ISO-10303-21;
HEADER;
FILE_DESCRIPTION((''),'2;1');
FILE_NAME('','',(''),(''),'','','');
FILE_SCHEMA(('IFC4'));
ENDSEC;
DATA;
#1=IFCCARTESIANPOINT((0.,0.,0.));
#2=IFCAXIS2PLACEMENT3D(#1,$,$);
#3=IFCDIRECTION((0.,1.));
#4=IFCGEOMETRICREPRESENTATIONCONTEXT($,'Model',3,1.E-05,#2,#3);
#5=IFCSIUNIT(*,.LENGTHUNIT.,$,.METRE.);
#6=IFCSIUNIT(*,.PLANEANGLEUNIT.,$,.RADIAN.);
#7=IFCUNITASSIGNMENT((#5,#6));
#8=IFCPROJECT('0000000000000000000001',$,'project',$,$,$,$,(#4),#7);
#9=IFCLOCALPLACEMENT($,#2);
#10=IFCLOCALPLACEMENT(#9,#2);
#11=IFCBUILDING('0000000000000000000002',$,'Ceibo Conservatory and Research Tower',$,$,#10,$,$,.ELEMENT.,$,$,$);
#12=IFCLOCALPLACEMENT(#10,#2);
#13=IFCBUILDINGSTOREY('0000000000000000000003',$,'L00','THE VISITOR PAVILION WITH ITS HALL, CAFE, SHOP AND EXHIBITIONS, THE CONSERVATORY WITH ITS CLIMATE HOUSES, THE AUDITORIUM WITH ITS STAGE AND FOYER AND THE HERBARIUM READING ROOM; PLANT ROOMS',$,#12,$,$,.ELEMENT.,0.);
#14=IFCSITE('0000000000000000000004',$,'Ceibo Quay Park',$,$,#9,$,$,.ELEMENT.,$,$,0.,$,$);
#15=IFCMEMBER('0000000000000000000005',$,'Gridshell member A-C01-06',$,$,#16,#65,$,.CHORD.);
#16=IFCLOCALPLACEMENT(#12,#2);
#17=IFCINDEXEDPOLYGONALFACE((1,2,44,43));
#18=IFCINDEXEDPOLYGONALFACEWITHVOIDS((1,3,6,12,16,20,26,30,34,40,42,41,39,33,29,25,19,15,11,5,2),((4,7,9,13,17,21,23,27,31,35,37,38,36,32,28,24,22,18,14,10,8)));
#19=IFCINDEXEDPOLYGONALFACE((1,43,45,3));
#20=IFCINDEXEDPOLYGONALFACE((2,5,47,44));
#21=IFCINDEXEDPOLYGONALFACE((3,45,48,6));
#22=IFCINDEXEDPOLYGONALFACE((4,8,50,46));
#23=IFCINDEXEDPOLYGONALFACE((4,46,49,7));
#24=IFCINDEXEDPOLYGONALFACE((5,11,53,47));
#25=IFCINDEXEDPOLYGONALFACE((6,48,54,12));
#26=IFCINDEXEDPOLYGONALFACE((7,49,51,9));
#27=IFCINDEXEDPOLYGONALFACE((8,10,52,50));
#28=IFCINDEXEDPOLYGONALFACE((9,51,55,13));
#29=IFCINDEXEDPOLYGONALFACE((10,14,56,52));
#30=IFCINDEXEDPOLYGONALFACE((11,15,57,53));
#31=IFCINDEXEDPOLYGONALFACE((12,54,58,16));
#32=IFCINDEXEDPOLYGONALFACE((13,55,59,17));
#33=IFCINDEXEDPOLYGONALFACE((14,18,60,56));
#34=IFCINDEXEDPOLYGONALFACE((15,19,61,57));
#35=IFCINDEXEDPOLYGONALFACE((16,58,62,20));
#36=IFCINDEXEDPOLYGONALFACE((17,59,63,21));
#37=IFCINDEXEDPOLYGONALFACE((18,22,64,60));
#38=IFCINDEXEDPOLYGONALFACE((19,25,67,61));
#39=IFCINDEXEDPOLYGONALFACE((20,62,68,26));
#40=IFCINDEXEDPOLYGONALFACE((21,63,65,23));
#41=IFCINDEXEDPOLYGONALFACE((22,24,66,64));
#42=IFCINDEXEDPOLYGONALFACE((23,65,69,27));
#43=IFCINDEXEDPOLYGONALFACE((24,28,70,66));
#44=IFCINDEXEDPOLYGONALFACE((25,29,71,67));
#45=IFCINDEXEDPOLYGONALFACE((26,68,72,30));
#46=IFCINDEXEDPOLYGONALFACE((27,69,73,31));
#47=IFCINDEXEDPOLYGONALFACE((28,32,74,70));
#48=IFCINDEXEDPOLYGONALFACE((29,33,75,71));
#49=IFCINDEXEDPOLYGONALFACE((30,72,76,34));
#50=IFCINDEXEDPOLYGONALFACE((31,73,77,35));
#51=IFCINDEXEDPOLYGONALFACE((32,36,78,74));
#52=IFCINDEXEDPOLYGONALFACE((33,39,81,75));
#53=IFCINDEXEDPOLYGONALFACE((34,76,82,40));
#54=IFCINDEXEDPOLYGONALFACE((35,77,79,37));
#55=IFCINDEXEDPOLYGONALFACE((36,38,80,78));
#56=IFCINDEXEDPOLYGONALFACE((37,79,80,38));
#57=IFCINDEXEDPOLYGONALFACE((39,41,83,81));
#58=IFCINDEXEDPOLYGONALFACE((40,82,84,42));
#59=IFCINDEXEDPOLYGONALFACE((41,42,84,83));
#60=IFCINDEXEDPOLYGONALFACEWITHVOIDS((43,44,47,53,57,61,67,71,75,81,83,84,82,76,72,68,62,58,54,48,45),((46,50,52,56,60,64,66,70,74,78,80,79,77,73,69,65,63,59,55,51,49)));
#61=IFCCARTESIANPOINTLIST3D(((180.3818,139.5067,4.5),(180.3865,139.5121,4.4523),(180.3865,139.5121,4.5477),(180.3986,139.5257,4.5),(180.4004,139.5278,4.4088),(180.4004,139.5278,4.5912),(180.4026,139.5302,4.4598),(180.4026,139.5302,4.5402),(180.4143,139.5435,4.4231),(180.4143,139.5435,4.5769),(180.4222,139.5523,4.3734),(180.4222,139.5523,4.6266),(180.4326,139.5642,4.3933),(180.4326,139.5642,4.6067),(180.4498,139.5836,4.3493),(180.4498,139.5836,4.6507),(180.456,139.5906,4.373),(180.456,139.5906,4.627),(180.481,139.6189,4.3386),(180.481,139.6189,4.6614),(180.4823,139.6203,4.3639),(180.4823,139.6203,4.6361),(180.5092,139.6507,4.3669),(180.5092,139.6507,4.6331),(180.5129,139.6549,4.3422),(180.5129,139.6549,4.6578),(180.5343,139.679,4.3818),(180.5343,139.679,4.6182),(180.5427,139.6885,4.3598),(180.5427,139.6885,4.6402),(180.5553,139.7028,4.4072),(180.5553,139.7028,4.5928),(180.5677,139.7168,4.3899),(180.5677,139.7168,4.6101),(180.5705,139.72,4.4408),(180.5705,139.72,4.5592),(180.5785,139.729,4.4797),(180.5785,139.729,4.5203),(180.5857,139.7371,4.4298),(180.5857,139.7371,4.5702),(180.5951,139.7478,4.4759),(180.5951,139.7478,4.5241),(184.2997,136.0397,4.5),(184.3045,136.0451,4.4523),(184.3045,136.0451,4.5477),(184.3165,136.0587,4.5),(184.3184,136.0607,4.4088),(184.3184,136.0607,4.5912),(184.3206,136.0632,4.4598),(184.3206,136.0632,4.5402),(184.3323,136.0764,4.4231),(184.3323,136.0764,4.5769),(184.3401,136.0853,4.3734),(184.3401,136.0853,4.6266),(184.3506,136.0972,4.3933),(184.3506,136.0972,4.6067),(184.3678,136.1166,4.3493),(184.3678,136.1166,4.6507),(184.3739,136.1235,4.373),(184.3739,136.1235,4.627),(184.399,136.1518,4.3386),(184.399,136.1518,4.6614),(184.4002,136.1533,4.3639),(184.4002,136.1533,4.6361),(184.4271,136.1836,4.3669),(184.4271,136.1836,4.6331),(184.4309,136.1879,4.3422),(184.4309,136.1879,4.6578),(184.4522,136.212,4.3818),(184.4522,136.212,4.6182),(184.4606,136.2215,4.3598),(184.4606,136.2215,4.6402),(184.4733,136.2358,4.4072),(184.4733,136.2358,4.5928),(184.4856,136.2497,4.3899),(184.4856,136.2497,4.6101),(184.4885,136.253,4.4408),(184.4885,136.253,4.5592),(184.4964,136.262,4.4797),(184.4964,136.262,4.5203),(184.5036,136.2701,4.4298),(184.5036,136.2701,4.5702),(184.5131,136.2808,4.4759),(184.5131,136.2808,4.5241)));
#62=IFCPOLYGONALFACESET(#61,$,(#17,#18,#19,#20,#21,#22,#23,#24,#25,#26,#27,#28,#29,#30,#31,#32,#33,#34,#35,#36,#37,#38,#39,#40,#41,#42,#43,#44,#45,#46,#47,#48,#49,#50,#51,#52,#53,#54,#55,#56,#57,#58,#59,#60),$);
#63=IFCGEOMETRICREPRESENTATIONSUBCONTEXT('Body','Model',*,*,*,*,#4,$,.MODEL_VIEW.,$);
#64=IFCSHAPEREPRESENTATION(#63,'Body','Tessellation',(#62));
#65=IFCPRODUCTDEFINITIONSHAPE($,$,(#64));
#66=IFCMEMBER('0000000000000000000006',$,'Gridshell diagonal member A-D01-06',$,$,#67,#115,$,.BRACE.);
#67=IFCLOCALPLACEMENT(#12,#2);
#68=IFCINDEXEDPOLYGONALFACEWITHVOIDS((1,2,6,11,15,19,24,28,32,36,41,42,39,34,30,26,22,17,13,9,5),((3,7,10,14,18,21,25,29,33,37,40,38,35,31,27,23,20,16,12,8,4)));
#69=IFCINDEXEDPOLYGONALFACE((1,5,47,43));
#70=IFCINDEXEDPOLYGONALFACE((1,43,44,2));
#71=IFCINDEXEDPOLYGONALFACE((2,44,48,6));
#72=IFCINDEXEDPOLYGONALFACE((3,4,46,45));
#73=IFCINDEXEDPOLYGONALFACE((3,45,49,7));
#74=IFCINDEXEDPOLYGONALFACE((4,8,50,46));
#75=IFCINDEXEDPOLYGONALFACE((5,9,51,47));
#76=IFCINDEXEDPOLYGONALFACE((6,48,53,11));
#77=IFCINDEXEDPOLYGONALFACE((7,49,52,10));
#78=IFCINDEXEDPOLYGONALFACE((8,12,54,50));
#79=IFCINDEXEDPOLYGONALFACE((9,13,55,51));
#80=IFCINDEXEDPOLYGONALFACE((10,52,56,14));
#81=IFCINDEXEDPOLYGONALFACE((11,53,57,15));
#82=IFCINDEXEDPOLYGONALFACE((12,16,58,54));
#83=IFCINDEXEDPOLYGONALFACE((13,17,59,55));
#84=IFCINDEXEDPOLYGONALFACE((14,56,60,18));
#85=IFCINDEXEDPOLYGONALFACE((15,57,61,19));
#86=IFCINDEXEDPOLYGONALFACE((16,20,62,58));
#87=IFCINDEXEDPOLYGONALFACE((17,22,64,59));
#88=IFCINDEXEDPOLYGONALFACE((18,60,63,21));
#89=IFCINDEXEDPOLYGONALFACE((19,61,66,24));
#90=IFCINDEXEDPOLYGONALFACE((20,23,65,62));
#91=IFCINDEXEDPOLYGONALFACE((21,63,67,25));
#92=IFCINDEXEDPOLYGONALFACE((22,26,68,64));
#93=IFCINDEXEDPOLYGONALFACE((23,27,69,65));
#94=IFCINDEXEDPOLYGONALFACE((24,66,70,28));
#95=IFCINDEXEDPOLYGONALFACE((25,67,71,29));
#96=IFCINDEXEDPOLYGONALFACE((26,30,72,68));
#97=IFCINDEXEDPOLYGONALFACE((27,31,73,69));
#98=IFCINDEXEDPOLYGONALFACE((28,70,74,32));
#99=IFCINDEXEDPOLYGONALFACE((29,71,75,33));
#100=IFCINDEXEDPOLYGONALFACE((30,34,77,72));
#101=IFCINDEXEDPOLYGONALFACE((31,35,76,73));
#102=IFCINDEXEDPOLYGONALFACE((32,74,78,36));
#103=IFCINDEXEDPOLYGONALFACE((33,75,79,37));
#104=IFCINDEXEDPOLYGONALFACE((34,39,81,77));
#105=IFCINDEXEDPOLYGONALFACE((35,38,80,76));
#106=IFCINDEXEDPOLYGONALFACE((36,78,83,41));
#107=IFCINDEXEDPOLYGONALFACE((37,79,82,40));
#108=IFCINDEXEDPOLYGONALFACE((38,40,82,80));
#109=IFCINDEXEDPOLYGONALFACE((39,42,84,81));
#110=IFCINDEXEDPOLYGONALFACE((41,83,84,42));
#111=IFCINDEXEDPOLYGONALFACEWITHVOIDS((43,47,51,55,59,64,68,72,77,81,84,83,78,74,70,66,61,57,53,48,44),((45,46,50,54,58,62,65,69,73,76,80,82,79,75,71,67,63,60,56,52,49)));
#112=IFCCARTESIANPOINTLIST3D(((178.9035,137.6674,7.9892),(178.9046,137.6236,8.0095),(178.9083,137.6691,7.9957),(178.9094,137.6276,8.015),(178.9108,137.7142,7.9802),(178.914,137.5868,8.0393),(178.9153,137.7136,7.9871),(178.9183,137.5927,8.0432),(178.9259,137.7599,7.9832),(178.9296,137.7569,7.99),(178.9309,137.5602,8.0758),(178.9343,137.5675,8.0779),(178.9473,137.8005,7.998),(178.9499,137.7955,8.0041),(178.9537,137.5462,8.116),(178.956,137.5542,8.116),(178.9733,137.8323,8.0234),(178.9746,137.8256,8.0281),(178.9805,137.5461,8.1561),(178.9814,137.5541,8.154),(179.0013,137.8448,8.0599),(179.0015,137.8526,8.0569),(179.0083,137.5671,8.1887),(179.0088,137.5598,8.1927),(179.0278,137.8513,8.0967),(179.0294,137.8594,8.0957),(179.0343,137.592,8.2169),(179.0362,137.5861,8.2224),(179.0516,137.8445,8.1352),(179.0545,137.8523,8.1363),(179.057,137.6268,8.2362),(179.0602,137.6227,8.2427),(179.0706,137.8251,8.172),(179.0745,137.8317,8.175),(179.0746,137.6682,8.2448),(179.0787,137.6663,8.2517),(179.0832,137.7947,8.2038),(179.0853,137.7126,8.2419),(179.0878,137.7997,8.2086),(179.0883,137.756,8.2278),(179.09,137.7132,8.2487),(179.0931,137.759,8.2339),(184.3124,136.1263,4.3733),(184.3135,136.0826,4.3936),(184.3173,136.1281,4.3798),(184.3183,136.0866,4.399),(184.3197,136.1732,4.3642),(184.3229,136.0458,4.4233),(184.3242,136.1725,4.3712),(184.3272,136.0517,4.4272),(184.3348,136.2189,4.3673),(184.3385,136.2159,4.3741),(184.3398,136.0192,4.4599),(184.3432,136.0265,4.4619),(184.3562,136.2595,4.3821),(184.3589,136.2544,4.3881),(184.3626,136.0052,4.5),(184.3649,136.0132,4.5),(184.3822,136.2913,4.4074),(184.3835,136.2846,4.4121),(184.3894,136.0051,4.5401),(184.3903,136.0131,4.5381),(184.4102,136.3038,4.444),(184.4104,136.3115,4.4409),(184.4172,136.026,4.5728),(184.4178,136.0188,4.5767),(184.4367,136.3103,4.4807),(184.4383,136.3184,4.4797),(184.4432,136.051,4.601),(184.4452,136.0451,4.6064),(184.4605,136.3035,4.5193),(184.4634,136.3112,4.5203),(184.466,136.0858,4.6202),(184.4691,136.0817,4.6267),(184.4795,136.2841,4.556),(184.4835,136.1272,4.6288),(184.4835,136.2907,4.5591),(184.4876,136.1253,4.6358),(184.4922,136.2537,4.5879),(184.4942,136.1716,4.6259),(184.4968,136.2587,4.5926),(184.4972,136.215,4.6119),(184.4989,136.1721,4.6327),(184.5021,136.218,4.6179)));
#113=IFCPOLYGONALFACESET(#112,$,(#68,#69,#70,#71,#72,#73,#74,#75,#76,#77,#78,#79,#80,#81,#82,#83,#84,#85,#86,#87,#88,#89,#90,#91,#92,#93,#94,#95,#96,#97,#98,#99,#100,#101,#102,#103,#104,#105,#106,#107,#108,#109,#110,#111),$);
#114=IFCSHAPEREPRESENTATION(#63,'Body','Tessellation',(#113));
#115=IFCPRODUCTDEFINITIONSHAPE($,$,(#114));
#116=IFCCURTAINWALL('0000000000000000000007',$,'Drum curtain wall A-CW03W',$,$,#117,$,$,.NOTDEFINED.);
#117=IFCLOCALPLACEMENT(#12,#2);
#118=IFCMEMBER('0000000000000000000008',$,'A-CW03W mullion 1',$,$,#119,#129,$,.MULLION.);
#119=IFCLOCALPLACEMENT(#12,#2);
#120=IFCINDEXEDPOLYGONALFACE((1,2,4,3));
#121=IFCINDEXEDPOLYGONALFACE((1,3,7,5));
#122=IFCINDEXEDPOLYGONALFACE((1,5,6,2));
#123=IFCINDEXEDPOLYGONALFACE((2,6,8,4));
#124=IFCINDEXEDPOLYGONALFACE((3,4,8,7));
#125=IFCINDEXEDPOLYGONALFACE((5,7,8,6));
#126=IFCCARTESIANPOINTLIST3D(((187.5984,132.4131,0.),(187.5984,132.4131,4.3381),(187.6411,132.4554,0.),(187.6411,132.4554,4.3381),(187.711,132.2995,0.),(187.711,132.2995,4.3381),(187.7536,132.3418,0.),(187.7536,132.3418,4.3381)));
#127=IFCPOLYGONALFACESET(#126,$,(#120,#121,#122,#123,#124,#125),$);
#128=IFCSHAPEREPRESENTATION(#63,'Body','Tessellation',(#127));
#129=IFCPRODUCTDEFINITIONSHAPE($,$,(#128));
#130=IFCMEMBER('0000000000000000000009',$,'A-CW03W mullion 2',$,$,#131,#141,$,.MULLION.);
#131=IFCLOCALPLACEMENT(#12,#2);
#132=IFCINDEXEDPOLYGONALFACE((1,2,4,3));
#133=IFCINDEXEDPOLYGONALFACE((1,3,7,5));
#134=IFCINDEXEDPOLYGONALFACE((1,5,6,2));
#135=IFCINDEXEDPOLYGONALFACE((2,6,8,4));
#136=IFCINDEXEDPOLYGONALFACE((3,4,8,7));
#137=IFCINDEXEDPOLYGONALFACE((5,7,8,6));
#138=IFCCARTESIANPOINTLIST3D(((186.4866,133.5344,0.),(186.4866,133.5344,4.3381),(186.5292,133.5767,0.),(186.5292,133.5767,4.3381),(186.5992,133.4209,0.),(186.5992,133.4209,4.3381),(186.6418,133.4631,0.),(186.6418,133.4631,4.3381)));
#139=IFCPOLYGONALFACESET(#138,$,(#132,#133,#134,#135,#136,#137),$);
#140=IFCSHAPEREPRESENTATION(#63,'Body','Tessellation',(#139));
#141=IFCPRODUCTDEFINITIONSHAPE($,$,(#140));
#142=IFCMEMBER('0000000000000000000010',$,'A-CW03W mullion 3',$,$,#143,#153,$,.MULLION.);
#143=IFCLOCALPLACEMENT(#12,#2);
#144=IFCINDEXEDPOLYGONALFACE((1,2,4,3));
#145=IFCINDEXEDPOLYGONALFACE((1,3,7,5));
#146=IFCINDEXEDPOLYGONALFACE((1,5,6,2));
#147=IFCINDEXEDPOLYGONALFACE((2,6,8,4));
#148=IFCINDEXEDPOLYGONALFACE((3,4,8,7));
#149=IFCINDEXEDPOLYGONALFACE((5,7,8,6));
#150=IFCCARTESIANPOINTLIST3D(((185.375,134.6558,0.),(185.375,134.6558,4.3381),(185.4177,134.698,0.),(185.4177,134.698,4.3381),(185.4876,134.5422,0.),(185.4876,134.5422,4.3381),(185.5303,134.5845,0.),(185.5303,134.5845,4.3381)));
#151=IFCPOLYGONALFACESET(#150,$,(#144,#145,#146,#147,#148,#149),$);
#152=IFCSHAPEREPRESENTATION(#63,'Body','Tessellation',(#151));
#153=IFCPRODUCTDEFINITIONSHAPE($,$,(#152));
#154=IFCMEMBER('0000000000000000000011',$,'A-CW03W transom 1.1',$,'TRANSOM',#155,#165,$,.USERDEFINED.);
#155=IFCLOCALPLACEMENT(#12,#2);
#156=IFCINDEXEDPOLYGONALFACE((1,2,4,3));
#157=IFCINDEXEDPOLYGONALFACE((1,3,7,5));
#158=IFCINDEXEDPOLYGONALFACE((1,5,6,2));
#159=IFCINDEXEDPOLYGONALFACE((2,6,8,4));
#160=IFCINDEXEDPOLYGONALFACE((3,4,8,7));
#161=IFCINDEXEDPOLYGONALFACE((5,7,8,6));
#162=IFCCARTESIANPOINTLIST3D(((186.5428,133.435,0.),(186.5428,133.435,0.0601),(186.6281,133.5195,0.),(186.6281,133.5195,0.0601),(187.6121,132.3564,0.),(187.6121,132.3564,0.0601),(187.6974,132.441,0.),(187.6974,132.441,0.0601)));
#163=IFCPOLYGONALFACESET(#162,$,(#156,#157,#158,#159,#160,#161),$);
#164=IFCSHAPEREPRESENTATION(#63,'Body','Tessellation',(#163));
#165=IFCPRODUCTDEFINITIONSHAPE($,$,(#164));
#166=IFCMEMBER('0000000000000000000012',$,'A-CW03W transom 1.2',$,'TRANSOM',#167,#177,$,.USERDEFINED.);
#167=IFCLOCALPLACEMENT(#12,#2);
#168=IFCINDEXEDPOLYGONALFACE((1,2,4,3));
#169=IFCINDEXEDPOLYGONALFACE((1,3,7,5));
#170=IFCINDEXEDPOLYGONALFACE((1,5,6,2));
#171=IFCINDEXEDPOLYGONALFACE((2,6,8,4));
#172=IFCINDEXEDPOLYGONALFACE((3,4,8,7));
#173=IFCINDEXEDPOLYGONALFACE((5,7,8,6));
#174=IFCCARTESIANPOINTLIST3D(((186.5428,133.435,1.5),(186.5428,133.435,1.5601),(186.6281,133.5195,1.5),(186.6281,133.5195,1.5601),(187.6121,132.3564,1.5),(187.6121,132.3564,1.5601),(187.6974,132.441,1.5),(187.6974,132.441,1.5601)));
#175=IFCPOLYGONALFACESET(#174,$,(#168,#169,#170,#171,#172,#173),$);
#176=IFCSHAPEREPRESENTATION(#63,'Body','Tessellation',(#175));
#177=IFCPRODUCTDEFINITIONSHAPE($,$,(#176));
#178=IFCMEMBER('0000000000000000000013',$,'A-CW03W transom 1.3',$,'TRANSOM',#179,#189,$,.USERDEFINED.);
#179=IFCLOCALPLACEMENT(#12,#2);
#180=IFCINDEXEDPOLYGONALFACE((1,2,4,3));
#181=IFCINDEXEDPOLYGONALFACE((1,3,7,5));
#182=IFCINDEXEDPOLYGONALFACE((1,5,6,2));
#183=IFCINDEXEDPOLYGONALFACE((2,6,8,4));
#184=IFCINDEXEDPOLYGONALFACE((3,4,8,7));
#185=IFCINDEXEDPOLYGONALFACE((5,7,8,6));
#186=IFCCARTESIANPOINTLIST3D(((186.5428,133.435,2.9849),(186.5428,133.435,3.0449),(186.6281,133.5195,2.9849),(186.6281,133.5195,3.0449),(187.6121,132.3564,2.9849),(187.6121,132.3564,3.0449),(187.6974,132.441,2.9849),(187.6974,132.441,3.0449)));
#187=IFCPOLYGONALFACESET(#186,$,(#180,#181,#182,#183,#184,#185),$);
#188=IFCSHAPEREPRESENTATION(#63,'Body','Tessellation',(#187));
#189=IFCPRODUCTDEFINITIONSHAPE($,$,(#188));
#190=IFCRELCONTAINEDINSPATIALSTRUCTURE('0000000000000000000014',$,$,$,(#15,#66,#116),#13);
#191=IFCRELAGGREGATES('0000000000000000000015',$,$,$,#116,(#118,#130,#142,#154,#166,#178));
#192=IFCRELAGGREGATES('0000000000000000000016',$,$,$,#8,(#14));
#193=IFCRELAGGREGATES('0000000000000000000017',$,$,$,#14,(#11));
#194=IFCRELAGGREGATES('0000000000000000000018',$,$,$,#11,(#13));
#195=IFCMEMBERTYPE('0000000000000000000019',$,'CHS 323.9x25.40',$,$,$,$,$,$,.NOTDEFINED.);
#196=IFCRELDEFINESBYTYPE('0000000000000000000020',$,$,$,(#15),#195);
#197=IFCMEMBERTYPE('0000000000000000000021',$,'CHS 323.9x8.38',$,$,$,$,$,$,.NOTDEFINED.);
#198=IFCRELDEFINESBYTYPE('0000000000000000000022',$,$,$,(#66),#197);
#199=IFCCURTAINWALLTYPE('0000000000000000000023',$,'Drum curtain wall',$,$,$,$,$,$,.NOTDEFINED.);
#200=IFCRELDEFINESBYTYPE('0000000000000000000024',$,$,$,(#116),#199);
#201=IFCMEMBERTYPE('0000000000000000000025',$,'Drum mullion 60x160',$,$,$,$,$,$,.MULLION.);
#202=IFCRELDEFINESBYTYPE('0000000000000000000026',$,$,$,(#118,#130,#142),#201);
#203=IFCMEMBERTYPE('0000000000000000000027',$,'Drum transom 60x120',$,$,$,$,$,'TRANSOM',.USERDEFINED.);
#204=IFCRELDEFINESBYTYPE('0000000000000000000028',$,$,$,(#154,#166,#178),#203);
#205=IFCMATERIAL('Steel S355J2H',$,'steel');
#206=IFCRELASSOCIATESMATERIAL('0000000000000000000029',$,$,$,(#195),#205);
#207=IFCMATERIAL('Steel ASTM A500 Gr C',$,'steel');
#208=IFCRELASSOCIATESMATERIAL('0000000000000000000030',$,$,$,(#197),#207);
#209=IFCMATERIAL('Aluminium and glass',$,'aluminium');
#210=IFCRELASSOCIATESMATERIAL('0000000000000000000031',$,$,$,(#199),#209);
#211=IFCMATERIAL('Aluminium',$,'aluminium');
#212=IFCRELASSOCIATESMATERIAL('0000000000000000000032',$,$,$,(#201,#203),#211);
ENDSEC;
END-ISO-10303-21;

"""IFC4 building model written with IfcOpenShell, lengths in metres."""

from ifc_helpers import new_model, si_unit, direction, frame, origin, origin_2d, place, context, subcontext, project, spatial, rectangle, hollow_circle, extrude, material, material_profile, profile_set, type_object, element, aggregate, save


model = new_model("IFC4")

# Units and contexts
model_context = context("Model", 3, precision=1e-05, world=origin(), true_north=direction((0.0, 1.0)))
body_context = subcontext(model_context, "Body", "Model", "MODEL_VIEW")
ifc_project = project(units=[si_unit("LENGTHUNIT", "METRE"), si_unit("PLANEANGLEUNIT", "RADIAN")], contexts=[model_context])

# Site, building, storey
site_placement = place(None, origin())
site = spatial("IfcSite", under=ifc_project, at=site_placement, Name="Ceibo Quay Park", CompositionType="ELEMENT", RefElevation=0.0)
building_placement = place(site_placement, origin())
building = spatial("IfcBuilding", under=site, at=building_placement, Name="Ceibo Conservatory and Research Tower", CompositionType="ELEMENT")
storey_placement = place(building_placement, origin())
storey = spatial("IfcBuildingStorey", under=building, at=storey_placement, Name="L00", Description="THE VISITOR PAVILION WITH ITS HALL, CAFE, SHOP AND EXHIBITIONS, THE CONSERVATORY WITH ITS CLIMATE HOUSES, THE AUDITORIUM WITH ITS STAGE AND FOYER AND THE HERBARIUM READING ROOM; PLANT ROOMS", CompositionType="ELEMENT", Elevation=0.0)

# Shared definitions
ifc_material_1 = material(Name="Steel ASTM A500 Gr C", Category="steel")

# Members
ifc_material_2 = material(Name="Steel S355J2H", Category="steel")
ifc_material_profile_1 = material_profile(ifc_material_2, hollow_circle(Radius=0.1619, WallThickness=0.0254, at=origin_2d()), Name="CHS 323.9x25.40")
ifc_profile_set_1 = profile_set([ifc_material_profile_1], Name="Steel S355J2H")
member_type_1 = type_object("IfcMemberType", Name="CHS 323.9x25.40", PredefinedType="NOTDEFINED", material=ifc_profile_set_1)
member_1_placement = place(storey_placement, frame((184.407, 136.1609, 4.5), z_axis=(-0.748888, 0.662697, 0.0), x_axis=(-0.662697, -0.748888, 0.0)))
element("IfcMember", 1, at=member_1_placement, inside=storey, type_object=member_type_1, Name="Gridshell member A-C01-06", PredefinedType="CHORD", context=body_context, shape_type="SweptSolid", body=[
    extrude(hollow_circle(Radius=0.1619, WallThickness=0.0254, at=origin_2d()), origin(), (0.0, 0.0, 1.0), 5.2317),
])
ifc_material_profile_2 = material_profile(ifc_material_1, hollow_circle(Radius=0.1619, WallThickness=0.0083, at=origin_2d()), Name="CHS 323.9x8.38")
ifc_profile_set_2 = profile_set([ifc_material_profile_2], Name="Steel ASTM A500 Gr C")
member_type_2 = type_object("IfcMemberType", Name="CHS 323.9x8.38", PredefinedType="NOTDEFINED", material=ifc_profile_set_2)
member_2_placement = place(storey_placement, frame((184.407, 136.1609, 4.5), z_axis=(-0.808959, 0.230474, 0.540803), x_axis=(-0.273999, -0.96173, 0.0)))
element("IfcMember", 2, at=member_2_placement, inside=storey, type_object=member_type_2, Name="Gridshell diagonal member A-D01-06", PredefinedType="BRACE", context=body_context, shape_type="SweptSolid", body=[
    extrude(hollow_circle(Radius=0.1619, WallThickness=0.0083, at=origin_2d()), origin(), (0.0, 0.0, 1.0), 6.6863),
])

# Curtain wall, members
ifc_material_3 = material(Name="Aluminium and glass", Category="aluminium")
curtain_wall_type = type_object("IfcCurtainWallType", Name="Drum curtain wall", PredefinedType="NOTDEFINED", material=ifc_material_3)
curtain_wall_placement = place(storey_placement, origin())
curtain_wall = element("IfcCurtainWall", 3, at=curtain_wall_placement, inside=storey, type_object=curtain_wall_type, Name="Drum curtain wall A-CW03W", PredefinedType="NOTDEFINED")
ifc_material_4 = material(Name="Aluminium", Category="aluminium")
ifc_material_profile_3 = material_profile(ifc_material_4, rectangle(XDim=0.0601, YDim=0.1599, at=origin_2d()), Name="AL 60x160")
ifc_profile_set_3 = profile_set([ifc_material_profile_3], Name="Aluminium")
member_type_3 = type_object("IfcMemberType", Name="Drum mullion 60x160", PredefinedType="MULLION", material=ifc_profile_set_3)
member_3_placement = place(storey_placement, frame((187.676, 132.3774, 0.0), z_axis=(0.0, 0.0, 1.0), x_axis=(-0.710185, -0.704015, 0.0)))
member_3 = element("IfcMember", 4, at=member_3_placement, type_object=member_type_3, Name="A-CW03W mullion 1", PredefinedType="MULLION", context=body_context, shape_type="SweptSolid", body=[
    extrude(rectangle(XDim=0.0601, YDim=0.1599, at=origin_2d()), origin(), (0.0, 0.0, 1.0), 4.3381),
])
member_4_placement = place(storey_placement, frame((186.5642, 133.4988, 0.0), z_axis=(0.0, 0.0, 1.0), x_axis=(-0.710185, -0.704015, 0.0)))
member_4 = element("IfcMember", 5, at=member_4_placement, type_object=member_type_3, Name="A-CW03W mullion 2", PredefinedType="MULLION", context=body_context, shape_type="SweptSolid", body=[
    extrude(rectangle(XDim=0.0601, YDim=0.1599, at=origin_2d()), origin(), (0.0, 0.0, 1.0), 4.3381),
])
member_5_placement = place(storey_placement, frame((185.4526, 134.6201, 0.0), z_axis=(0.0, 0.0, 1.0), x_axis=(-0.710185, -0.704015, 0.0)))
member_5 = element("IfcMember", 6, at=member_5_placement, type_object=member_type_3, Name="A-CW03W mullion 3", PredefinedType="MULLION", context=body_context, shape_type="SweptSolid", body=[
    extrude(rectangle(XDim=0.0601, YDim=0.1599, at=origin_2d()), origin(), (0.0, 0.0, 1.0), 4.3381),
])
ifc_material_profile_4 = material_profile(ifc_material_4, rectangle(XDim=0.1201, YDim=0.0601, at=origin_2d()), Name="AL 60x120")
ifc_profile_set_4 = profile_set([ifc_material_profile_4], Name="Aluminium")
member_type_4 = type_object("IfcMemberType", Name="Drum transom 60x120", ElementType="TRANSOM", PredefinedType="USERDEFINED", material=ifc_profile_set_4)
member_6_placement = place(storey_placement, frame((187.6548, 132.3987, 0.03), z_axis=(-0.704046, 0.710154, 0.0), x_axis=(-0.710154, -0.704046, 0.0)))
member_6 = element("IfcMember", 7, at=member_6_placement, type_object=member_type_4, Name="A-CW03W transom 1.1", ObjectType="TRANSOM", PredefinedType="USERDEFINED", context=body_context, shape_type="SweptSolid", body=[
    extrude(rectangle(XDim=0.1201, YDim=0.0601, at=origin_2d()), origin(), (0.0, 0.0, 1.0), 1.5188),
])
member_7_placement = place(storey_placement, frame((187.6548, 132.3987, 1.53), z_axis=(-0.704046, 0.710154, 0.0), x_axis=(-0.710154, -0.704046, 0.0)))
member_7 = element("IfcMember", 8, at=member_7_placement, type_object=member_type_4, Name="A-CW03W transom 1.2", ObjectType="TRANSOM", PredefinedType="USERDEFINED", context=body_context, shape_type="SweptSolid", body=[
    extrude(rectangle(XDim=0.1201, YDim=0.0601, at=origin_2d()), origin(), (0.0, 0.0, 1.0), 1.5188),
])
member_8_placement = place(storey_placement, frame((187.6548, 132.3987, 3.0149), z_axis=(-0.704046, 0.710154, 0.0), x_axis=(-0.710154, -0.704046, 0.0)))
member_8 = element("IfcMember", 9, at=member_8_placement, type_object=member_type_4, Name="A-CW03W transom 1.3", ObjectType="TRANSOM", PredefinedType="USERDEFINED", context=body_context, shape_type="SweptSolid", body=[
    extrude(rectangle(XDim=0.1201, YDim=0.0601, at=origin_2d()), origin(), (0.0, 0.0, 1.0), 1.5188),
])

aggregate(curtain_wall, [member_3, member_4, member_5, member_6, member_7, member_8])

save(model, "model.ifc")
